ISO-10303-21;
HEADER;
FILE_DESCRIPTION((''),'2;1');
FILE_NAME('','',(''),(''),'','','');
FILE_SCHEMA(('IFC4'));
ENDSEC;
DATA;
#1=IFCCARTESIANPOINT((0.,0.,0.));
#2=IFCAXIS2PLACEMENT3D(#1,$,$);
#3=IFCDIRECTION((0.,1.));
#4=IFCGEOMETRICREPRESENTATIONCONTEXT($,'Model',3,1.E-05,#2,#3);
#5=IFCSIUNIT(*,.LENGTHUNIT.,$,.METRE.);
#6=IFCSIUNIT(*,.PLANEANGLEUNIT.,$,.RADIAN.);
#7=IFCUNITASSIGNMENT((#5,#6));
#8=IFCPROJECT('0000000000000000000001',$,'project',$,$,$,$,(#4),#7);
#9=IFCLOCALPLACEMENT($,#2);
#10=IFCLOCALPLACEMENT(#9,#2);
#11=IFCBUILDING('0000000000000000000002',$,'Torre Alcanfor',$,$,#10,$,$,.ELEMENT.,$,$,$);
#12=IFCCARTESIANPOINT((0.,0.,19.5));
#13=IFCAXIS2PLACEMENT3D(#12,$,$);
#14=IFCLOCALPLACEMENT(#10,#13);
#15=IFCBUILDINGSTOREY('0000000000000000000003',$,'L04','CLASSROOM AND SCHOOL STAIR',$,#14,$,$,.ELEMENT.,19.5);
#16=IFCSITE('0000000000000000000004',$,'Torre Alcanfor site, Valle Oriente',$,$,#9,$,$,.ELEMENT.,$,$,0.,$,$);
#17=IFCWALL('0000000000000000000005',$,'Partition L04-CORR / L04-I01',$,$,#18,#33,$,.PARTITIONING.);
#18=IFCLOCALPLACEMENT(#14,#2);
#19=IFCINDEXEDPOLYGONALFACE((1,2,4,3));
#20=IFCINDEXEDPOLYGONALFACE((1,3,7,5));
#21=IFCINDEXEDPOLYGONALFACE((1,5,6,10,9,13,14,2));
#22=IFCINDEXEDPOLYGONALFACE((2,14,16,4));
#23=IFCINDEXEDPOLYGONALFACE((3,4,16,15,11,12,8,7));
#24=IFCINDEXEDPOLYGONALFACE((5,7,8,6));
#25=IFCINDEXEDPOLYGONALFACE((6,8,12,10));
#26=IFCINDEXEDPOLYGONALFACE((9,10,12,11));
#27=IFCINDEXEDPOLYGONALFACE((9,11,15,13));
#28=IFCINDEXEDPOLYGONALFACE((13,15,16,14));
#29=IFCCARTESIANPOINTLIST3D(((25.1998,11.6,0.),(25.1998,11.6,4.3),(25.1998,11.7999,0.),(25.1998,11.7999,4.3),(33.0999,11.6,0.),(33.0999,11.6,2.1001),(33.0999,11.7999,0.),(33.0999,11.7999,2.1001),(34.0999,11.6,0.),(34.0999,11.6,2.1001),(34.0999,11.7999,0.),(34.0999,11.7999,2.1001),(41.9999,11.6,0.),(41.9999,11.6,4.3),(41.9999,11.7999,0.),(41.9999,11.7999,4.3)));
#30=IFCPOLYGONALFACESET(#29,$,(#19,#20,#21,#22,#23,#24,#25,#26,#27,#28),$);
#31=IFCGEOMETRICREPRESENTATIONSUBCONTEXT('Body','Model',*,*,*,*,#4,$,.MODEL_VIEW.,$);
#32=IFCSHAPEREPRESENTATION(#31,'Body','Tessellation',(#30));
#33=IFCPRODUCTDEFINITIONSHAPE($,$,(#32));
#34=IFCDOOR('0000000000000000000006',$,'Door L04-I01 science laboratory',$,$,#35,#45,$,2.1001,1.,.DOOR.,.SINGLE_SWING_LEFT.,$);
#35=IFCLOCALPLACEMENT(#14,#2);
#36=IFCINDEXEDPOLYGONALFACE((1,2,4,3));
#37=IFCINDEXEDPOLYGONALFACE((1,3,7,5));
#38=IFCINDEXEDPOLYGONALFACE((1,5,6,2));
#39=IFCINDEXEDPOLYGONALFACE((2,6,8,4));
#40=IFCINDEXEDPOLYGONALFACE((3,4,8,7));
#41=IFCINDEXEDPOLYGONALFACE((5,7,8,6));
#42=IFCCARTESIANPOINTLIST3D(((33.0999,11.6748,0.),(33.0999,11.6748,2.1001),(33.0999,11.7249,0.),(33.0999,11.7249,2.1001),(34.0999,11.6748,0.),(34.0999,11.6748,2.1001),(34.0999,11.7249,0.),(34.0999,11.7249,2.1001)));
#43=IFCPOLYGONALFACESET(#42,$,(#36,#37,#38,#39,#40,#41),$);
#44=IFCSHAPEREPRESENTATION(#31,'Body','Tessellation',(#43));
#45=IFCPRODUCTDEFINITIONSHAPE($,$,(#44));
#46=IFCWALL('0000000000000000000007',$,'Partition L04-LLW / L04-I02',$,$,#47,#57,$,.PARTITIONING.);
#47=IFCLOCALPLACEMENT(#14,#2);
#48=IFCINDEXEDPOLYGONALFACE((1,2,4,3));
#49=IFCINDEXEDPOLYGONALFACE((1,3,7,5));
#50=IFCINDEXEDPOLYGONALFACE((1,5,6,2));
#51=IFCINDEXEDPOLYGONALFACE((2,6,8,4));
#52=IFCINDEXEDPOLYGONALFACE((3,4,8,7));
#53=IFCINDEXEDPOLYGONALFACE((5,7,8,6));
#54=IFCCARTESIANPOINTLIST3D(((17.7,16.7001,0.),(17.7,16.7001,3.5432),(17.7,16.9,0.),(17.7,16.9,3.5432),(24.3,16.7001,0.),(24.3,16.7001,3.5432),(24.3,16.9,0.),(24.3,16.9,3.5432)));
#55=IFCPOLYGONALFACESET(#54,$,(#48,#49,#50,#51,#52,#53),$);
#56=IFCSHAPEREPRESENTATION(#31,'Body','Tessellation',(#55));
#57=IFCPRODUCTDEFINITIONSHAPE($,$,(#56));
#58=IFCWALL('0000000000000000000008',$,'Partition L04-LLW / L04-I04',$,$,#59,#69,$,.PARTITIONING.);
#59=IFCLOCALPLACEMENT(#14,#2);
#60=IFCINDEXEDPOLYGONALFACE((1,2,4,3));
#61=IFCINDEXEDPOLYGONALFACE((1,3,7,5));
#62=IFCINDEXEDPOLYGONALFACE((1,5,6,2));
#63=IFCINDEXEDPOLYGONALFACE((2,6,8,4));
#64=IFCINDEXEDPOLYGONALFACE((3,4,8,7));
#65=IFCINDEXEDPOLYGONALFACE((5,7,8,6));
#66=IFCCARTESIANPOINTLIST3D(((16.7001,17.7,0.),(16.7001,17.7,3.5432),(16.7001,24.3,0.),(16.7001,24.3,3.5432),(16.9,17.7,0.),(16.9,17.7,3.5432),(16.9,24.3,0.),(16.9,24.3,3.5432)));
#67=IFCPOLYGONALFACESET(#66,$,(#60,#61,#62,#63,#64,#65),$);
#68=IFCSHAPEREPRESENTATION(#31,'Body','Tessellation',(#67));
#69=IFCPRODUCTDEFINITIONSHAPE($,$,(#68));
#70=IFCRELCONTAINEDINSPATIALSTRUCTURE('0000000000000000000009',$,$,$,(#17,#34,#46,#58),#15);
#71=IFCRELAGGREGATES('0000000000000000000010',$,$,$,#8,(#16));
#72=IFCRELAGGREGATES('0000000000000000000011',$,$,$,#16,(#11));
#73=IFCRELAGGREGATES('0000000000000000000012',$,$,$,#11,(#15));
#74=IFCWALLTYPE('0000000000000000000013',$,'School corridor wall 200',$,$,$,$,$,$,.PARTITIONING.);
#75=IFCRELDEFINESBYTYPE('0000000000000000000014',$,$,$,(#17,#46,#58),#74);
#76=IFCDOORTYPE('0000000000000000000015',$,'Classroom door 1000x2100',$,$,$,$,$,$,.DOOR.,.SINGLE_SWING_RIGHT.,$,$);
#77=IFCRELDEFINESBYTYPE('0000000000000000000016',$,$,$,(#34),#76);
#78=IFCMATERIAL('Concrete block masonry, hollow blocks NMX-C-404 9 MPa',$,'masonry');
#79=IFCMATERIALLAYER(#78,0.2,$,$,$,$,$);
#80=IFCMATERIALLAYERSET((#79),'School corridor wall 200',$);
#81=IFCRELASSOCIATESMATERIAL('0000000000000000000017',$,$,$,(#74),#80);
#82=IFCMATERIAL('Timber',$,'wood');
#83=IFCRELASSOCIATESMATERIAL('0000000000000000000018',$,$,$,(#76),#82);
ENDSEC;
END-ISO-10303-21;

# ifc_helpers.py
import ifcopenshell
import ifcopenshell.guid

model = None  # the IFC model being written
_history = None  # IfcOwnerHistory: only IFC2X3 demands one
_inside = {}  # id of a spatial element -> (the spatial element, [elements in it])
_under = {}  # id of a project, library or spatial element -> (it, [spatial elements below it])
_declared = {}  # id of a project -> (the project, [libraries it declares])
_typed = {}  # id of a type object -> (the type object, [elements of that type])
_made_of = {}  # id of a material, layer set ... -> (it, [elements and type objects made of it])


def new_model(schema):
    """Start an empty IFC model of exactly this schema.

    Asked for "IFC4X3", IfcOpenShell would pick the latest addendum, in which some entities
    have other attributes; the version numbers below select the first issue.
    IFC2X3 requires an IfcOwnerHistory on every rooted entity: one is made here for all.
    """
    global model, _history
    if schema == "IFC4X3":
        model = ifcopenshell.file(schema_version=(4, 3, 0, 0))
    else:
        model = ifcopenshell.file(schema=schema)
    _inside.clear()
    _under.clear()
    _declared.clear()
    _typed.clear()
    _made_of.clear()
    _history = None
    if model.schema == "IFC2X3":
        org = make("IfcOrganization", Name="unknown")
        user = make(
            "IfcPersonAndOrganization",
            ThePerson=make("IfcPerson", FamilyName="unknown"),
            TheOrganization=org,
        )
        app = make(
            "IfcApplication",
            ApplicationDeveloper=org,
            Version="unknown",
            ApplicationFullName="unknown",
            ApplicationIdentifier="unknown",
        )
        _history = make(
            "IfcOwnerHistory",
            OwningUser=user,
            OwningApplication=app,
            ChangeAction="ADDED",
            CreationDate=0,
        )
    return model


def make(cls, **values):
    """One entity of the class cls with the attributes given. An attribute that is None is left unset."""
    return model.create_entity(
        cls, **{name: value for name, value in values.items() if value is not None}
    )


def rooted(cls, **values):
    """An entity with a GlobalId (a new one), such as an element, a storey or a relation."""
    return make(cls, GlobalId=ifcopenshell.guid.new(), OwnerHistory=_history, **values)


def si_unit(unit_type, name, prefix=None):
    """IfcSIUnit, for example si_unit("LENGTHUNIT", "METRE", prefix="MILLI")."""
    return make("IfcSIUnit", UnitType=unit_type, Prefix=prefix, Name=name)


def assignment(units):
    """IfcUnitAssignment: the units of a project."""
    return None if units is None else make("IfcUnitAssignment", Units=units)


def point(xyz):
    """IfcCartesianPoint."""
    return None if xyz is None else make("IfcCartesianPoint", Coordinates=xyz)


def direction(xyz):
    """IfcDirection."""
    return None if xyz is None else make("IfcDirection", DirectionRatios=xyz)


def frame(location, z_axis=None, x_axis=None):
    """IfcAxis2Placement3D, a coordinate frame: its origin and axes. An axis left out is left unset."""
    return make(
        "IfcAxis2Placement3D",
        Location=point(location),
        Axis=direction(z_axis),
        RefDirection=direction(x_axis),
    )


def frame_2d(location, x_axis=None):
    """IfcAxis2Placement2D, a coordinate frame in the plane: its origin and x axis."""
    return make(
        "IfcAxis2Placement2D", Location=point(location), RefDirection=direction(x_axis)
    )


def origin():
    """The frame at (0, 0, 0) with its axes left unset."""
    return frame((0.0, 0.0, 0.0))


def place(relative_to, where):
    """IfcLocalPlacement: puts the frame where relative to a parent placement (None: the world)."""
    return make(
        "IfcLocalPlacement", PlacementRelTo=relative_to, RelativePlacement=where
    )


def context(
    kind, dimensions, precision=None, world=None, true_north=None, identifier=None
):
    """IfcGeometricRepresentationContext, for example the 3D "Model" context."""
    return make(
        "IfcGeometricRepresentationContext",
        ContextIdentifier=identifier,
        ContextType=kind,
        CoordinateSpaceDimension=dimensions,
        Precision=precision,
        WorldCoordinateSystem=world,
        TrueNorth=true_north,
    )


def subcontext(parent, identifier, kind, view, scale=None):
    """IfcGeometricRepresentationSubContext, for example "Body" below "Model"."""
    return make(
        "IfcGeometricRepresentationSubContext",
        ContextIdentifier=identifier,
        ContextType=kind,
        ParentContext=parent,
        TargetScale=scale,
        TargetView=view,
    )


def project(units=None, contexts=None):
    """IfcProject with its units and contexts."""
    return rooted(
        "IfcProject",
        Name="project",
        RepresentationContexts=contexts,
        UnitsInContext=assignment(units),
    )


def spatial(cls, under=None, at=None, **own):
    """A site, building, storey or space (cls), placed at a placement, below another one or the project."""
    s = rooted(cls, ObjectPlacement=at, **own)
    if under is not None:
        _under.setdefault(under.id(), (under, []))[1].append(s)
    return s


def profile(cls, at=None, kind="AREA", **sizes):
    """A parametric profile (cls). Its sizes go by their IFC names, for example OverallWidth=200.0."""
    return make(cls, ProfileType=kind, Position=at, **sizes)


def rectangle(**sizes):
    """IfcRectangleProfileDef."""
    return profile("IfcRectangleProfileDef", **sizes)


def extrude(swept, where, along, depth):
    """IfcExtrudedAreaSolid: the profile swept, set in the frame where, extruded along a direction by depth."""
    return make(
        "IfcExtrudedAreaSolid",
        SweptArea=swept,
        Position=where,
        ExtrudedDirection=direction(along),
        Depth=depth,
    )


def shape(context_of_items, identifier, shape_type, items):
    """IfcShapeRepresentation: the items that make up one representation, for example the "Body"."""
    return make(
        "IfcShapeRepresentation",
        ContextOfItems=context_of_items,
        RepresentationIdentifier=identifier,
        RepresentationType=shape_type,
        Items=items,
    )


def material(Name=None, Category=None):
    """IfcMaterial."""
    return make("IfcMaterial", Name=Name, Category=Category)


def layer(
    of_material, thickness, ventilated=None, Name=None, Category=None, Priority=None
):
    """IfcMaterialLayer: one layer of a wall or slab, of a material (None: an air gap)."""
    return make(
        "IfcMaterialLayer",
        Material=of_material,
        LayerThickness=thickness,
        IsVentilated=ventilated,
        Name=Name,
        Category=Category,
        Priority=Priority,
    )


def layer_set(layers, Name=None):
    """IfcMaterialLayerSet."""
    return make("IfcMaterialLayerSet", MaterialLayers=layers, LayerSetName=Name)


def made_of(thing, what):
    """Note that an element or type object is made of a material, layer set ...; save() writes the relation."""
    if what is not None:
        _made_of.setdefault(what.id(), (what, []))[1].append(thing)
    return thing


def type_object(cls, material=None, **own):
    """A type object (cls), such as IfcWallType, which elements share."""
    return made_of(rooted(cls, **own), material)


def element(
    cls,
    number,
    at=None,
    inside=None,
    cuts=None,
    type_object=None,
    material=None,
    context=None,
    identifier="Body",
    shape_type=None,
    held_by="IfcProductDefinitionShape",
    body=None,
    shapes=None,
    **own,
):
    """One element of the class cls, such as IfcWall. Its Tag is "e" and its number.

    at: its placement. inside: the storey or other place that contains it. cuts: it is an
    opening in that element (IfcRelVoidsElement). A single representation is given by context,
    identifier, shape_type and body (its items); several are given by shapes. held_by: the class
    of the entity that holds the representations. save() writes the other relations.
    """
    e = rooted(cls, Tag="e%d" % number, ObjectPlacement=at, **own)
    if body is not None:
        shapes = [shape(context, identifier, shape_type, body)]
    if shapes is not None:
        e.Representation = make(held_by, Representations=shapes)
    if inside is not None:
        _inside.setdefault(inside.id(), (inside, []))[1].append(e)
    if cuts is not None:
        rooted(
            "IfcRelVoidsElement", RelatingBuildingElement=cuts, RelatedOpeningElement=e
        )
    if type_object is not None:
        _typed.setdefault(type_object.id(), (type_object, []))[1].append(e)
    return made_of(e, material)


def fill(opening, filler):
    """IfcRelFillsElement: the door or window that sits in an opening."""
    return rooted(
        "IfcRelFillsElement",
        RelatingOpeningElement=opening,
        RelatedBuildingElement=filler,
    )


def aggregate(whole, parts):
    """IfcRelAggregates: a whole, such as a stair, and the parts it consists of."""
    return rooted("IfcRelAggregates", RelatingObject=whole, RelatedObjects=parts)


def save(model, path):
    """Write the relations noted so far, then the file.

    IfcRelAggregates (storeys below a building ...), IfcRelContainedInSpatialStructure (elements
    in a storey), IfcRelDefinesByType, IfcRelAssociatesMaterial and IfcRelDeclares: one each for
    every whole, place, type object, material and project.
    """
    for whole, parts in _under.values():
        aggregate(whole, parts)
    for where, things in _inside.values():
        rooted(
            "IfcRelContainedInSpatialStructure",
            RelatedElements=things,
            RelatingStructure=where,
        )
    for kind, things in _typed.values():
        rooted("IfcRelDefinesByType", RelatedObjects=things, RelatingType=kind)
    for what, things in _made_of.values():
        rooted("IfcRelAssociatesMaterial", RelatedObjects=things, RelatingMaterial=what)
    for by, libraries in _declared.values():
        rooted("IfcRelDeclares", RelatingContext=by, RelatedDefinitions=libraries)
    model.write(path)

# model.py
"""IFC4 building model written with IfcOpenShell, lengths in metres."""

from ifc_helpers import new_model, si_unit, direction, frame, frame_2d, origin, place, context, subcontext, project, spatial, rectangle, extrude, material, layer, layer_set, type_object, element, fill, save


model = new_model("IFC4")

# Units and contexts
model_context = context("Model", 3, precision=1e-05, world=origin(), true_north=direction((0.0, 1.0)))
body_context = subcontext(model_context, "Body", "Model", "MODEL_VIEW")
ifc_project = project(units=[si_unit("LENGTHUNIT", "METRE"), si_unit("PLANEANGLEUNIT", "RADIAN")], contexts=[model_context])

# Site, building, storey
site_placement = place(None, origin())
site = spatial("IfcSite", under=ifc_project, at=site_placement, Name="Torre Alcanfor site, Valle Oriente", CompositionType="ELEMENT", RefElevation=0.0)
building_placement = place(site_placement, origin())
building = spatial("IfcBuilding", under=site, at=building_placement, Name="Torre Alcanfor", CompositionType="ELEMENT")
storey_placement = place(building_placement, frame((0.0, 0.0, 19.5)))
storey = spatial("IfcBuildingStorey", under=building, at=storey_placement, Name="L04", Description="CLASSROOM AND SCHOOL STAIR", CompositionType="ELEMENT", Elevation=19.5)

# Wall, opening, door
ifc_material_1 = material(Name="Concrete block masonry, hollow blocks NMX-C-404 9 MPa", Category="masonry")
ifc_layer_1 = layer(ifc_material_1, 0.2)
ifc_layer_set_1 = layer_set([ifc_layer_1], Name="School corridor wall 200")
wall_type_1 = type_object("IfcWallType", Name="School corridor wall 200", PredefinedType="PARTITIONING", material=ifc_layer_set_1)
ifc_material_2 = material(Name="Timber", Category="wood")
door_type_1 = type_object("IfcDoorType", Name="Classroom door 1000x2100", OperationType="SINGLE_SWING_RIGHT", PredefinedType="DOOR", material=ifc_material_2)
wall_1_placement = place(storey_placement, frame((25.2, 11.7, 0.0), z_axis=(0.0, 0.0, 1.0), x_axis=(1.0, 0.0, 0.0)))
wall_1 = element("IfcWall", 1, at=wall_1_placement, inside=storey, type_object=wall_type_1, Name="Partition L04-CORR / L04-I01", PredefinedType="PARTITIONING", context=body_context, shape_type="SweptSolid", body=[
    extrude(rectangle(XDim=16.8, YDim=0.2, at=frame_2d((8.3999, 0.0))), origin(), (0.0, 0.0, 1.0), 4.3),
])
opening_1_placement = place(wall_1_placement, frame((7.8999, 0.0, 0.0)))
opening_1 = element("IfcOpeningElement", 2, at=opening_1_placement, cuts=wall_1, PredefinedType="OPENING", context=body_context, shape_type="SweptSolid", body=[
    extrude(rectangle(XDim=1.0, YDim=2.1001, at=frame_2d((0.5, 1.05))), frame((0.0, 0.1099, 0.0), z_axis=(0.0, -1.0, 0.0), x_axis=(1.0, 0.0, 0.0)), (0.0, 0.0, 1.0), 0.22),
])
door_1_placement = place(opening_1_placement, origin())
door_1 = element("IfcDoor", 3, at=door_1_placement, inside=storey, type_object=door_type_1, Name="Door L04-I01 science laboratory", OperationType="SINGLE_SWING_LEFT", OverallHeight=2.1001, OverallWidth=1.0, PredefinedType="DOOR", context=body_context, shape_type="SweptSolid", body=[
    extrude(rectangle(XDim=1.0, YDim=2.1001, at=frame_2d((0.5, 1.05))), frame((0.0, 0.0249, 0.0), z_axis=(0.0, -1.0, 0.0), x_axis=(1.0, 0.0, 0.0)), (0.0, 0.0, 1.0), 0.05),
])
fill(opening_1, door_1)

# Walls
for number, where, z_axis, x_axis, name in (
    (4, (24.3, 16.8, 0.0), (0.0, 0.0, 1.0), (-1.0, 0.0, 0.0), "Partition L04-LLW / L04-I02"),
    (5, (16.8, 17.7, 0.0), (0.0, 0.0, 1.0), (0.0, 1.0, 0.0), "Partition L04-LLW / L04-I04"),
):
    element("IfcWall", number, at=place(storey_placement, frame(where, z_axis=z_axis, x_axis=x_axis)), inside=storey, type_object=wall_type_1, Name=name, PredefinedType="PARTITIONING", context=body_context, shape_type="SweptSolid", body=[
        extrude(rectangle(XDim=6.6001, YDim=0.2, at=frame_2d((3.3, 0.0))), origin(), (0.0, 0.0, 1.0), 3.5432),
    ])

save(model, "model.ifc")
